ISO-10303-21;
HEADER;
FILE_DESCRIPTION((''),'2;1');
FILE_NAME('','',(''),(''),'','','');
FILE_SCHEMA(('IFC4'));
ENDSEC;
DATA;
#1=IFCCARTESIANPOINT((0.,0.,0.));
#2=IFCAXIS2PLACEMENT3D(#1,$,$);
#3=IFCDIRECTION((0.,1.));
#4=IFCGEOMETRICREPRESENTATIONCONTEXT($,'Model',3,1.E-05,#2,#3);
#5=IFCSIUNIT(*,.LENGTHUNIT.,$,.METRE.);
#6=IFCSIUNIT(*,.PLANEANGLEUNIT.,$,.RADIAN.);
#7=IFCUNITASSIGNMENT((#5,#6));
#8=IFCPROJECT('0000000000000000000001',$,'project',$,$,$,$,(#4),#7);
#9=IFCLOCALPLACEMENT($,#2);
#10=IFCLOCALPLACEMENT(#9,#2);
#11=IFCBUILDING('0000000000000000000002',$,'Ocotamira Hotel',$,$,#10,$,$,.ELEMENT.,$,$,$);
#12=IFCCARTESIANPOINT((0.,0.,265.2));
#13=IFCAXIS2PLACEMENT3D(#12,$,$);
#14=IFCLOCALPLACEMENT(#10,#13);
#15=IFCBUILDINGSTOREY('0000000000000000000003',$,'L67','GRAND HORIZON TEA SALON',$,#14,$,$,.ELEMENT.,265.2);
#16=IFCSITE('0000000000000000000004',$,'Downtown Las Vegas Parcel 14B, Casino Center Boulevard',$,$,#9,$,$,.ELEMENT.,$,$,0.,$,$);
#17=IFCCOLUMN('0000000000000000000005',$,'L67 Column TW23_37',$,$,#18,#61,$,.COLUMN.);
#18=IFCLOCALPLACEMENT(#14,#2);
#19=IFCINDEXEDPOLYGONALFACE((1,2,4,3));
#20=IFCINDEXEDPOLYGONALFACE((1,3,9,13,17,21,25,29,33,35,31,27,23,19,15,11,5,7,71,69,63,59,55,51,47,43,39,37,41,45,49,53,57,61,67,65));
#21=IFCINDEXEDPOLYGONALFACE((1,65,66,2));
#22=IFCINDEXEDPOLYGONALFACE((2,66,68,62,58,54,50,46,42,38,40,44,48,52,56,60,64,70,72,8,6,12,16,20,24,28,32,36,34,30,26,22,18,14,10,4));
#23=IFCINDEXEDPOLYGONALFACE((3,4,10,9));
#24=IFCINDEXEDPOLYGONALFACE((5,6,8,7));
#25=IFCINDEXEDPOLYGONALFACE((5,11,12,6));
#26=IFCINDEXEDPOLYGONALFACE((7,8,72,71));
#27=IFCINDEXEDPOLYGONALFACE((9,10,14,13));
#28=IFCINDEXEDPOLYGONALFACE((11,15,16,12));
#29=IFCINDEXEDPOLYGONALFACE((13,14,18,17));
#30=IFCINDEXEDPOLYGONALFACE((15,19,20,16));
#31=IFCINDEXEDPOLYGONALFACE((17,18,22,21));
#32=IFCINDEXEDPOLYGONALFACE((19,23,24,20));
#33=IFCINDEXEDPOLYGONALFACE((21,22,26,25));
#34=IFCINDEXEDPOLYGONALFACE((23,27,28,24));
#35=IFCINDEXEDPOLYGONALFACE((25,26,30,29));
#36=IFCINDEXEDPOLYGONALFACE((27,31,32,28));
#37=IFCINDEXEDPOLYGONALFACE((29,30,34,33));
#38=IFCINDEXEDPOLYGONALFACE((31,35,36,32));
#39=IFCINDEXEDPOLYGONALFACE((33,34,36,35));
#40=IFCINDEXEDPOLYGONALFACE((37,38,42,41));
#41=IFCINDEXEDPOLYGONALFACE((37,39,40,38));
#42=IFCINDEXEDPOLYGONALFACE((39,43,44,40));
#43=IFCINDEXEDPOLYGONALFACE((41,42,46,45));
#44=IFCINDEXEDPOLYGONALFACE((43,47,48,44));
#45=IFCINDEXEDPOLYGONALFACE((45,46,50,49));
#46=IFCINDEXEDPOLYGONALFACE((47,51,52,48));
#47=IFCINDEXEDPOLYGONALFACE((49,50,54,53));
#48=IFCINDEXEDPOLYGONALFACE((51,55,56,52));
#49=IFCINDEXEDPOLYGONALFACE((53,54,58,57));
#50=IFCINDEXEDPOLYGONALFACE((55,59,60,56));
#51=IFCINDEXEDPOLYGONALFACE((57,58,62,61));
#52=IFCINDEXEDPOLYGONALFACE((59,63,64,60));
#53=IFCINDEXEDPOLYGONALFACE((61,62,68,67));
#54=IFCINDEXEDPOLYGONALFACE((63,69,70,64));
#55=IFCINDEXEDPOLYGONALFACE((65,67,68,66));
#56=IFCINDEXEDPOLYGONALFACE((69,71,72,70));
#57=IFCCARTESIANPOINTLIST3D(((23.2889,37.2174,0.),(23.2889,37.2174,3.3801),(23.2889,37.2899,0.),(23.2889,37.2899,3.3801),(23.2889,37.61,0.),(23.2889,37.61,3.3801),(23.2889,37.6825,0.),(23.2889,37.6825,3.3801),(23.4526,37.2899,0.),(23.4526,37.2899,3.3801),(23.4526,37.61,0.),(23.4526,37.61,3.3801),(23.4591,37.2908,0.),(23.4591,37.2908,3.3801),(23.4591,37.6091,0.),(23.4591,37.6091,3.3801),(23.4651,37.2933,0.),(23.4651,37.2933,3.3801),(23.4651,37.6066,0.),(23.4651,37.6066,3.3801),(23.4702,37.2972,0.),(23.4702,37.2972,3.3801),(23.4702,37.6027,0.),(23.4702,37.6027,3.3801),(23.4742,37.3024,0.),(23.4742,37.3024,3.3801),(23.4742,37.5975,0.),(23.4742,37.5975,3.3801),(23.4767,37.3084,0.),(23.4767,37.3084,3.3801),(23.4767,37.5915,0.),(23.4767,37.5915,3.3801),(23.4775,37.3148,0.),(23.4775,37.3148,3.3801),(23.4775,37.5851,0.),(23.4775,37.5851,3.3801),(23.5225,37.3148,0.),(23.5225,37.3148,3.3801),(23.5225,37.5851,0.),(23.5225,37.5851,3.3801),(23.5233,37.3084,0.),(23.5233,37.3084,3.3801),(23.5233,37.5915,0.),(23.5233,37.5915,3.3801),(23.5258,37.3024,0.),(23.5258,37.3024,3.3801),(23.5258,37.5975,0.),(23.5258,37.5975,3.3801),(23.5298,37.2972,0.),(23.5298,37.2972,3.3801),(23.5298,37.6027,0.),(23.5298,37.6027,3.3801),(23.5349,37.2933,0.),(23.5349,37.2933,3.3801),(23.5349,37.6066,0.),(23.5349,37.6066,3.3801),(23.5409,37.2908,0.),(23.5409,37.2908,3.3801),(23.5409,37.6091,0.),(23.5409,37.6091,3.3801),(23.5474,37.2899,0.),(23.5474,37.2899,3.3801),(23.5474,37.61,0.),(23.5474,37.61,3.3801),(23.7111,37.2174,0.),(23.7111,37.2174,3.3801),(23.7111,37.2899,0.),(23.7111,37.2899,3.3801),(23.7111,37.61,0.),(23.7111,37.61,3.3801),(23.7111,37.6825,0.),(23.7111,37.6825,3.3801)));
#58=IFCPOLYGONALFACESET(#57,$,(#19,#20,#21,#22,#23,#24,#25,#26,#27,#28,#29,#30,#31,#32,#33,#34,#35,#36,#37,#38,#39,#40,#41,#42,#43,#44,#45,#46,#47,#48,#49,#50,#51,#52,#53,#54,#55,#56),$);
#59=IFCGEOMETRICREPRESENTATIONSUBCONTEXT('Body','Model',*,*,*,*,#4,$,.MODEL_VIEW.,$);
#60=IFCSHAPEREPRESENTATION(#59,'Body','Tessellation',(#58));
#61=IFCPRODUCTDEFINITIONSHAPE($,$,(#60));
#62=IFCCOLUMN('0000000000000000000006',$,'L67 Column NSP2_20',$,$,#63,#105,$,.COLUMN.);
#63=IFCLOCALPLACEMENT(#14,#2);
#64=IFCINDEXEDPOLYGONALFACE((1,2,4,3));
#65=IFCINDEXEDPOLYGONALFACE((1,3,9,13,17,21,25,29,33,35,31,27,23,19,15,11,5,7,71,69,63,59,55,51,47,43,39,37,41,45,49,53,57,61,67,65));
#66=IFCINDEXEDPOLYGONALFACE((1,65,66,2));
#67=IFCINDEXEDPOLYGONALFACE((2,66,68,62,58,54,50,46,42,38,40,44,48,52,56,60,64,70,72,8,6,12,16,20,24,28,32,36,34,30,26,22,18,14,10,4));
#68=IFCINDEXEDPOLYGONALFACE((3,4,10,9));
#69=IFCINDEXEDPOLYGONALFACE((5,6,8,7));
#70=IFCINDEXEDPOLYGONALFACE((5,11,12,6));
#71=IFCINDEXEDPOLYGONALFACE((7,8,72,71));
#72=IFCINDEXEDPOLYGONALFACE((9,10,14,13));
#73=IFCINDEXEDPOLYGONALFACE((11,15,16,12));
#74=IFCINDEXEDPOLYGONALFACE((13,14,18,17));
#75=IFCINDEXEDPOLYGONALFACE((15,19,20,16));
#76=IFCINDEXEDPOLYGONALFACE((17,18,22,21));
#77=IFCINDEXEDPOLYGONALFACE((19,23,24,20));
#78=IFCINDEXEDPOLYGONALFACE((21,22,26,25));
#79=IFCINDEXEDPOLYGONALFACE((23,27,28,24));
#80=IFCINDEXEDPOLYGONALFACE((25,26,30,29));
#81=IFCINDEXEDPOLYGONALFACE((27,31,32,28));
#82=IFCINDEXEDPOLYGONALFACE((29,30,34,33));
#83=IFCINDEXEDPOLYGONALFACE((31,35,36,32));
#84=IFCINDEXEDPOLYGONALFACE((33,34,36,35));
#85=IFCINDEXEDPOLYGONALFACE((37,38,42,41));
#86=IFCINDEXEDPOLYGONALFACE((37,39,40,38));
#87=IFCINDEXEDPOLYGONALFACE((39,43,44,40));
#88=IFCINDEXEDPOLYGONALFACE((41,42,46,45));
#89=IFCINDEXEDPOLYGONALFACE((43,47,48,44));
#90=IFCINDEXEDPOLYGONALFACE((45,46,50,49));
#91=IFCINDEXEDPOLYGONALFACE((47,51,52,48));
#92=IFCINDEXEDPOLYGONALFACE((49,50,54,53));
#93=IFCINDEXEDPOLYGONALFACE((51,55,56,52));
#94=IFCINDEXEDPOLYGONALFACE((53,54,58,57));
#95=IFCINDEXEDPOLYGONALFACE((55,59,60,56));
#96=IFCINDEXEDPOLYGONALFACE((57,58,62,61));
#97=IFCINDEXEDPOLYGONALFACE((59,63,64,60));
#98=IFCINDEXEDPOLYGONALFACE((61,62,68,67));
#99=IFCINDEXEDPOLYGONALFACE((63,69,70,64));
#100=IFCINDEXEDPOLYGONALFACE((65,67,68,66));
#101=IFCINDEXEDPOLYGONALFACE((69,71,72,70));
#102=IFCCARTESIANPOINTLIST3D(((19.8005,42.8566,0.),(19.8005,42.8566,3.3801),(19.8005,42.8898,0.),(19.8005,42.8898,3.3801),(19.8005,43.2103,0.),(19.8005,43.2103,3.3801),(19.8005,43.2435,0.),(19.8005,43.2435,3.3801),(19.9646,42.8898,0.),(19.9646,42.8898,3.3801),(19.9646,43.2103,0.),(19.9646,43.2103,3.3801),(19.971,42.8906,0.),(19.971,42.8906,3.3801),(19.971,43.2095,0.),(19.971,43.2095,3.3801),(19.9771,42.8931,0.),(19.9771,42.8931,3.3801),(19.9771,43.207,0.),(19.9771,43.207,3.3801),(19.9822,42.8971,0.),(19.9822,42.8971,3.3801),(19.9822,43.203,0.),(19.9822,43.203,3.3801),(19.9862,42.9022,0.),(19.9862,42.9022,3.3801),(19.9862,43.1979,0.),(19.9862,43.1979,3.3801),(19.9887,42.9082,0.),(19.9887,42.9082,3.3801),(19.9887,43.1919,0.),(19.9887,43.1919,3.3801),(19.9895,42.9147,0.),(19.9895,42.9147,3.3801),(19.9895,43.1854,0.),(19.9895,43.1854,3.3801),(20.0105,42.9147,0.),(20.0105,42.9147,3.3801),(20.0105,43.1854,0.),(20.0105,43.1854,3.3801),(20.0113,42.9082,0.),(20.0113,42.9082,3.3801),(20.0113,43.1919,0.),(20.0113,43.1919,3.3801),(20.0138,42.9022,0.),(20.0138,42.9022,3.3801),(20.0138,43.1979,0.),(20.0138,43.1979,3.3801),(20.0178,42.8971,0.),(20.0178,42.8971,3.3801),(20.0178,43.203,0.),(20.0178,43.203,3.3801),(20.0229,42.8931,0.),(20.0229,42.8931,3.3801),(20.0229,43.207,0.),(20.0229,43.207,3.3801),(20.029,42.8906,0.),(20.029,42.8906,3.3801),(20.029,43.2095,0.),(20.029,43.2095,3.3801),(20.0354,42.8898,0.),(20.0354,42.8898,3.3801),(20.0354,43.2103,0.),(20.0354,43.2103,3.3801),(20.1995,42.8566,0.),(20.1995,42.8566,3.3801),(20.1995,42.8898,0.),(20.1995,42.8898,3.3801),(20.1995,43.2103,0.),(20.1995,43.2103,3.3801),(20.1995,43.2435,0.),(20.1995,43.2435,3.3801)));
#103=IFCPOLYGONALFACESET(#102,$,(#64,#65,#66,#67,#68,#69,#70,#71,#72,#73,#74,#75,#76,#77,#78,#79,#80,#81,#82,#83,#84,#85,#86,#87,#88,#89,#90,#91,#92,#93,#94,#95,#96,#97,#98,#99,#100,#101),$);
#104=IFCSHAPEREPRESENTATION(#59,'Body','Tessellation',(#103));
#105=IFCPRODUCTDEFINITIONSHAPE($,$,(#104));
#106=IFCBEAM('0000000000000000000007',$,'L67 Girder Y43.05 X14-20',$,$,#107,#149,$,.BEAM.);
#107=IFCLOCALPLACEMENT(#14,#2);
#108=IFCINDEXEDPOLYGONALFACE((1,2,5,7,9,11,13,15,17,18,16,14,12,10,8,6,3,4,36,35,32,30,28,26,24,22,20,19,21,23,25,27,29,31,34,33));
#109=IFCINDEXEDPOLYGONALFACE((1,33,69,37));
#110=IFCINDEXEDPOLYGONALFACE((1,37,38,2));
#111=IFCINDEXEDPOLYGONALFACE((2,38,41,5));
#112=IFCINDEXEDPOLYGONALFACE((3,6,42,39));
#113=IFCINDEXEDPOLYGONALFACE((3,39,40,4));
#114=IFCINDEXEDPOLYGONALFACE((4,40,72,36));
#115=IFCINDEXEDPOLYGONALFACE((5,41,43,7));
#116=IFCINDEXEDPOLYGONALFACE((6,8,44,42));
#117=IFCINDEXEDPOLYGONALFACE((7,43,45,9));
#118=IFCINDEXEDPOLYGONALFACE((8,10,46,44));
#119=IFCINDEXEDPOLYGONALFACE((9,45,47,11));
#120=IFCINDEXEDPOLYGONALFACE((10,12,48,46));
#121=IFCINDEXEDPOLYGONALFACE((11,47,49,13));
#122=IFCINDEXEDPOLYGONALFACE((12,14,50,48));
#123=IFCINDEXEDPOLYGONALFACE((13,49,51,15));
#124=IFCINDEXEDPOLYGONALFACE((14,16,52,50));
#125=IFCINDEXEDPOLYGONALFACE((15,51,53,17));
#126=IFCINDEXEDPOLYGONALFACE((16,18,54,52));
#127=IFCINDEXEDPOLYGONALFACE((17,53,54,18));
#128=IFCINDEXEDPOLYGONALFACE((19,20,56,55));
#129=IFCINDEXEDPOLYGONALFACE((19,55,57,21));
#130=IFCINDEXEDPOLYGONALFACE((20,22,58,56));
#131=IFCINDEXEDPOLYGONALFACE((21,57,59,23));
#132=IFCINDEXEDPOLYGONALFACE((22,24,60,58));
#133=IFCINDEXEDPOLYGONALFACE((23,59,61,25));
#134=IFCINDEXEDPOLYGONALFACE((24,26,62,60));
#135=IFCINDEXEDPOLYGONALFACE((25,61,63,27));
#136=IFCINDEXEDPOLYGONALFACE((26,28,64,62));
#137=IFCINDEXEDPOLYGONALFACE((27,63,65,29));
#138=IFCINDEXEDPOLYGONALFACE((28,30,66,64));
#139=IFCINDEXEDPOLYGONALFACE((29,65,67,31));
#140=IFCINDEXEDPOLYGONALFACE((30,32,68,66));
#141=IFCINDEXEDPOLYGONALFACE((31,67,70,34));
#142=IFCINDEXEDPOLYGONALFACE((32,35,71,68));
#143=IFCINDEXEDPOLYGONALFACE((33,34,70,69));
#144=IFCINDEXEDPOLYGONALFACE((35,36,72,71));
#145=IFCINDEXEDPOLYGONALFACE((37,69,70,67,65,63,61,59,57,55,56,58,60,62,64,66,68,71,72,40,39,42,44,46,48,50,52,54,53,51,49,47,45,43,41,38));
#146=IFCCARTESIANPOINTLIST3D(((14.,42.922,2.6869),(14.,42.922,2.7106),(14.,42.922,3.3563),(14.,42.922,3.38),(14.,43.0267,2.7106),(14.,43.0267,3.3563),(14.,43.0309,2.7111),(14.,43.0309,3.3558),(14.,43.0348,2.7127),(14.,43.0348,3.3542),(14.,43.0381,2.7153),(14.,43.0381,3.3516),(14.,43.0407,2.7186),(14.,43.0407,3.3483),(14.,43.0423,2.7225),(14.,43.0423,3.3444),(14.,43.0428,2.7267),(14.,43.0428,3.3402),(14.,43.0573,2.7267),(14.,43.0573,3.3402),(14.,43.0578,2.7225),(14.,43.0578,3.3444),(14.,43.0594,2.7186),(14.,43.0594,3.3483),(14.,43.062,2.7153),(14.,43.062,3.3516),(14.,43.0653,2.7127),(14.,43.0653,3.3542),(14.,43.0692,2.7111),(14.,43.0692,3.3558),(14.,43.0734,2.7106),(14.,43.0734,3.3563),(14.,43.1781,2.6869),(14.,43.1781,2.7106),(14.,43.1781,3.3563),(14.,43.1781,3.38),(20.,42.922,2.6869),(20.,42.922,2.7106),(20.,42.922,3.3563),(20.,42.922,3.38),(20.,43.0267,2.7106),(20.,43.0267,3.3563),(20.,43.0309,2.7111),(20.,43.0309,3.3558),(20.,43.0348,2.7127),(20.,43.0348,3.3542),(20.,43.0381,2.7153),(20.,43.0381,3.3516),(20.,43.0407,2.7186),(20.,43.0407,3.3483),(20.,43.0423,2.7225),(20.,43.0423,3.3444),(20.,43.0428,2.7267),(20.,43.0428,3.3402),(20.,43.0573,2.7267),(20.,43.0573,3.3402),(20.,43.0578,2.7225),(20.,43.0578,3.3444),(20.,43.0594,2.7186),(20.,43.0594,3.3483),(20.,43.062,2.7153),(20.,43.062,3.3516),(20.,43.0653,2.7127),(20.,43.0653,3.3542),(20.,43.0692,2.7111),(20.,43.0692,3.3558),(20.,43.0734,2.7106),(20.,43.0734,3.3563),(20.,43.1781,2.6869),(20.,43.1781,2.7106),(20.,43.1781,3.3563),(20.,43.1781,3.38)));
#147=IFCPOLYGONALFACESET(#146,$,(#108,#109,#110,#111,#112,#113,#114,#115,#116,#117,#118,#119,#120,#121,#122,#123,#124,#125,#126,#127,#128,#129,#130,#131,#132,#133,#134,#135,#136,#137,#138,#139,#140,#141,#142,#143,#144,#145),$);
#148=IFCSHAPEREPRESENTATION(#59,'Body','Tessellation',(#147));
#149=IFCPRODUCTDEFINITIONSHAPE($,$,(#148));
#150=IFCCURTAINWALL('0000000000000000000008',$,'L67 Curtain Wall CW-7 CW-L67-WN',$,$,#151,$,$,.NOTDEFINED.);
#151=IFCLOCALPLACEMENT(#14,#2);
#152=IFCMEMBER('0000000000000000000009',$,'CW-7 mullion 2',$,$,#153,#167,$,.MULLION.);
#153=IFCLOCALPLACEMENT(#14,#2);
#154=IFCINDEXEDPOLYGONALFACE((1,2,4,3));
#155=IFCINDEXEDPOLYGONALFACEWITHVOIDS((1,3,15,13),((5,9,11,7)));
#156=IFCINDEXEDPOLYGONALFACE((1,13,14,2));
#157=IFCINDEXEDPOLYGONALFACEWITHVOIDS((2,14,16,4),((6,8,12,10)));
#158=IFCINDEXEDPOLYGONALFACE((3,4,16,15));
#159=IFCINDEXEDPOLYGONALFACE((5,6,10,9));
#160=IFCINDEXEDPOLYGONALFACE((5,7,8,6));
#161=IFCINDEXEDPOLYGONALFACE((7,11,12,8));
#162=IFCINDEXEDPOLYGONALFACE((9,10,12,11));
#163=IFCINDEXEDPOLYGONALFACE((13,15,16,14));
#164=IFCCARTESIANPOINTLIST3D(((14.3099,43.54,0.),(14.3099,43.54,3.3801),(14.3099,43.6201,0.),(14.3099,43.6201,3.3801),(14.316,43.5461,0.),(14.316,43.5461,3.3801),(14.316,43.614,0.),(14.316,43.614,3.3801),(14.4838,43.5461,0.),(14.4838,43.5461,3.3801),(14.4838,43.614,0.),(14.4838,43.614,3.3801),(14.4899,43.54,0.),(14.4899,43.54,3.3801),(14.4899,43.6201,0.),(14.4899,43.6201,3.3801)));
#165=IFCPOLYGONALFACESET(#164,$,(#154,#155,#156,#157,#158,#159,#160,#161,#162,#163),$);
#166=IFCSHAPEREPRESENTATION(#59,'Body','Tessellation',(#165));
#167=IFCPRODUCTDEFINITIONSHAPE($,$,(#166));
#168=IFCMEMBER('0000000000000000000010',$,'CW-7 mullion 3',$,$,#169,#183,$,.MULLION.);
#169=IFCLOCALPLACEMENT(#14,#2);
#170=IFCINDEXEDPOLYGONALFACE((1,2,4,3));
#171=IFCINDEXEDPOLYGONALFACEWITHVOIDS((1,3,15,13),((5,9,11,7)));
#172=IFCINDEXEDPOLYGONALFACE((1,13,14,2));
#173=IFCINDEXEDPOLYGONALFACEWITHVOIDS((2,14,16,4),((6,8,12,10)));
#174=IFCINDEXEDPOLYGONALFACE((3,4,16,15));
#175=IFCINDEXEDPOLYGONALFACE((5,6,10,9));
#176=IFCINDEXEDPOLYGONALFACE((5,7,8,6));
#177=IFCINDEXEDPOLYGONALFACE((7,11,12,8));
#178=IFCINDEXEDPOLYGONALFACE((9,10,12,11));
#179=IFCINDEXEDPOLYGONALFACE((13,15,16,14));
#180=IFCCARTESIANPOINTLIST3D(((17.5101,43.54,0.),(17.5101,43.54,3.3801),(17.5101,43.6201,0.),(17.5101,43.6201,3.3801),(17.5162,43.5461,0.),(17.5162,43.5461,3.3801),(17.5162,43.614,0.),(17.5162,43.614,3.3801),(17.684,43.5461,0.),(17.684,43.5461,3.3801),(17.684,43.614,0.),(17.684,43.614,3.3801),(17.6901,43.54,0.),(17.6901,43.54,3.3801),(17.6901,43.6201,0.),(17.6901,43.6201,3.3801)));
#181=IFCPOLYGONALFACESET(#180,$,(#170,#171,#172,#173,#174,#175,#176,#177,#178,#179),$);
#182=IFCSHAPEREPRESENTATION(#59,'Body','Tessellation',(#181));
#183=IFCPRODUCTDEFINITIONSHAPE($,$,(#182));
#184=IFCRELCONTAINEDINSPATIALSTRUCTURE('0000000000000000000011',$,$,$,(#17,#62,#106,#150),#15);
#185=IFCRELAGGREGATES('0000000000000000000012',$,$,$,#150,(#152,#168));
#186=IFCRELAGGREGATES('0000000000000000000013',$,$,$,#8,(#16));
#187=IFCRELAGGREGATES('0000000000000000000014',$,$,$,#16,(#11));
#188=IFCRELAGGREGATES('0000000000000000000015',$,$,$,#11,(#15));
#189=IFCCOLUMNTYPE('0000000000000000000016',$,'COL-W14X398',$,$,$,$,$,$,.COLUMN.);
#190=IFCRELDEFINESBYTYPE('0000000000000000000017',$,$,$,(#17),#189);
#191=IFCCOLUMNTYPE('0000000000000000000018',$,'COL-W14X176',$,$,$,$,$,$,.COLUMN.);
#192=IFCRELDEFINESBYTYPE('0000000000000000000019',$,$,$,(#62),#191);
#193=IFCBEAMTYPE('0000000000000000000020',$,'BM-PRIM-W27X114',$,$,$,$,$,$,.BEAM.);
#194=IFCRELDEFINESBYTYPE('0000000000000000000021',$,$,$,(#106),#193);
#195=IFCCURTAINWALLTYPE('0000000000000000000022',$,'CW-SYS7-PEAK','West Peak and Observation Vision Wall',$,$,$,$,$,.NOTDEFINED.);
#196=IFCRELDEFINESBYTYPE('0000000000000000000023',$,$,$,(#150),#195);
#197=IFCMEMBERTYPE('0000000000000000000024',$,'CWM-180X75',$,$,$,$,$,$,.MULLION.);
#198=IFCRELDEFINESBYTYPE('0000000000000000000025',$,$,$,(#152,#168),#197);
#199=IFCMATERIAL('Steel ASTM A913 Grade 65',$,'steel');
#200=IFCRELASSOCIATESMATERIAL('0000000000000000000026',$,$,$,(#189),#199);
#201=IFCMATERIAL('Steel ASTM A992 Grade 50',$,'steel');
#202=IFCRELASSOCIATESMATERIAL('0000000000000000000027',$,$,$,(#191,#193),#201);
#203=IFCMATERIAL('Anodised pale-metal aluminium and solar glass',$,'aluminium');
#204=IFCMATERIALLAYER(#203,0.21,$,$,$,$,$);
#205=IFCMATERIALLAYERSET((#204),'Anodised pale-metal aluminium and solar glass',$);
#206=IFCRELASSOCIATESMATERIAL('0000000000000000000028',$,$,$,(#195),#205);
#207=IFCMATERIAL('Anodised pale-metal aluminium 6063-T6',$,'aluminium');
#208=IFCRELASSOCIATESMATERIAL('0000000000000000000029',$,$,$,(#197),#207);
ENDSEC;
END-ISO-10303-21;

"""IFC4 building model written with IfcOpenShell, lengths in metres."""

from ifc_helpers import new_model, si_unit, direction, frame, origin, origin_2d, place, context, subcontext, project, spatial, hollow_rectangle, i_section, extrude, source, transform, mapped, material, layer, layer_set, material_profile, profile_set, type_object, element, aggregate, save


model = new_model("IFC4")

# Units and contexts
model_context = context("Model", 3, precision=1e-05, world=origin(), true_north=direction((0.0, 1.0)))
body_context = subcontext(model_context, "Body", "Model", "MODEL_VIEW")
ifc_project = project(units=[si_unit("LENGTHUNIT", "METRE"), si_unit("PLANEANGLEUNIT", "RADIAN")], contexts=[model_context])

# Site, building, storey
site_placement = place(None, origin())
site = spatial("IfcSite", under=ifc_project, at=site_placement, Name="Downtown Las Vegas Parcel 14B, Casino Center Boulevard", CompositionType="ELEMENT", RefElevation=0.0)
building_placement = place(site_placement, origin())
building = spatial("IfcBuilding", under=site, at=building_placement, Name="Ocotamira Hotel", CompositionType="ELEMENT")
storey_placement = place(building_placement, frame((0.0, 0.0, 265.2)))
storey = spatial("IfcBuildingStorey", under=building, at=storey_placement, Name="L67", Description="GRAND HORIZON TEA SALON", CompositionType="ELEMENT", Elevation=265.2)

# Columns
ifc_material_1 = material(Name="Steel ASTM A913 Grade 65", Category="steel")
ifc_material_profile_1 = material_profile(ifc_material_1, i_section(OverallWidth=0.4221, OverallDepth=0.4651, WebThickness=0.0449, FlangeThickness=0.0725, FilletRadius=0.0249, at=origin_2d()), Name="W14X398")
ifc_profile_set_1 = profile_set([ifc_material_profile_1], Name="Steel ASTM A913 Grade 65")
column_type_1 = type_object("IfcColumnType", Name="COL-W14X398", PredefinedType="COLUMN", material=ifc_profile_set_1)
shared_shape_1 = source(origin(), body_context, "Body", "SweptSolid", [
    extrude(i_section(OverallWidth=0.4221, OverallDepth=0.4651, WebThickness=0.0449, FlangeThickness=0.0725, FilletRadius=0.0249, at=origin_2d()), origin(), (0.0, 0.0, 1.0), 3.3801),
])
column_1_placement = place(storey_placement, frame((23.5, 37.45, 0.0), z_axis=(0.0, 0.0, 1.0), x_axis=(1.0, 0.0, 0.0)))
element("IfcColumn", 1, at=column_1_placement, inside=storey, type_object=column_type_1, Name="L67 Column TW23_37", PredefinedType="COLUMN", context=body_context, shape_type="MappedRepresentation", body=[
    mapped(shared_shape_1, transform((0.0, 0.0, 0.0), scale=1.0)),
])
ifc_material_2 = material(Name="Steel ASTM A992 Grade 50", Category="steel")
ifc_material_profile_2 = material_profile(ifc_material_2, i_section(OverallWidth=0.3989, OverallDepth=0.387, WebThickness=0.021, FlangeThickness=0.0332, FilletRadius=0.0249, at=origin_2d()), Name="W14X176")
ifc_profile_set_2 = profile_set([ifc_material_profile_2], Name="Steel ASTM A992 Grade 50")
column_type_2 = type_object("IfcColumnType", Name="COL-W14X176", PredefinedType="COLUMN", material=ifc_profile_set_2)
shared_shape_2 = source(origin(), body_context, "Body", "SweptSolid", [
    extrude(i_section(OverallWidth=0.3989, OverallDepth=0.387, WebThickness=0.021, FlangeThickness=0.0332, FilletRadius=0.0249, at=origin_2d()), origin(), (0.0, 0.0, 1.0), 3.3801),
])
column_2_placement = place(storey_placement, frame((20.0, 43.05, 0.0), z_axis=(0.0, 0.0, 1.0), x_axis=(1.0, 0.0, 0.0)))
element("IfcColumn", 2, at=column_2_placement, inside=storey, type_object=column_type_2, Name="L67 Column NSP2_20", PredefinedType="COLUMN", context=body_context, shape_type="MappedRepresentation", body=[
    mapped(shared_shape_2, transform((0.0, 0.0, 0.0), scale=1.0)),
])

# Beam
ifc_material_profile_3 = material_profile(ifc_material_2, i_section(OverallWidth=0.2561, OverallDepth=0.6931, WebThickness=0.0144, FlangeThickness=0.0237, FilletRadius=0.0161, at=origin_2d()), Name="W27X114")
ifc_profile_set_3 = profile_set([ifc_material_profile_3], Name="Steel ASTM A992 Grade 50")
beam_type = type_object("IfcBeamType", Name="BM-PRIM-W27X114", PredefinedType="BEAM", material=ifc_profile_set_3)
shared_shape_3 = source(origin(), body_context, "Body", "SweptSolid", [
    extrude(i_section(OverallWidth=0.2561, OverallDepth=0.6931, WebThickness=0.0144, FlangeThickness=0.0237, FilletRadius=0.0161, at=origin_2d()), origin(), (0.0, 0.0, 1.0), 6.0),
])
beam_placement = place(storey_placement, frame((14.0, 43.05, 3.0334), z_axis=(1.0, 0.0, 0.0), x_axis=(0.0, 1.0, 0.0)))
element("IfcBeam", 3, at=beam_placement, inside=storey, type_object=beam_type, Name="L67 Girder Y43.05 X14-20", PredefinedType="BEAM", context=body_context, shape_type="MappedRepresentation", body=[
    mapped(shared_shape_3, transform((0.0, 0.0, 0.0), scale=1.0)),
])

# Curtain wall, members
ifc_material_3 = material(Name="Anodised pale-metal aluminium and solar glass", Category="aluminium")
ifc_layer_1 = layer(ifc_material_3, 0.21)
ifc_layer_set_1 = layer_set([ifc_layer_1], Name="Anodised pale-metal aluminium and solar glass")
curtain_wall_type = type_object("IfcCurtainWallType", Name="CW-SYS7-PEAK", Description="West Peak and Observation Vision Wall", PredefinedType="NOTDEFINED", material=ifc_layer_set_1)
curtain_wall_placement = place(storey_placement, origin())
curtain_wall = element("IfcCurtainWall", 4, at=curtain_wall_placement, inside=storey, type_object=curtain_wall_type, Name="L67 Curtain Wall CW-7 CW-L67-WN", PredefinedType="NOTDEFINED")
ifc_material_4 = material(Name="Anodised pale-metal aluminium 6063-T6", Category="aluminium")
ifc_material_profile_4 = material_profile(ifc_material_4, hollow_rectangle(XDim=0.0801, YDim=0.1799, WallThickness=0.0061, at=origin_2d()), Name="HSS180X80X6")
ifc_profile_set_4 = profile_set([ifc_material_profile_4], Name="Anodised pale-metal aluminium 6063-T6")
member_type_1 = type_object("IfcMemberType", Name="CWM-180X75", PredefinedType="MULLION", material=ifc_profile_set_4)
shared_shape_4 = source(origin(), body_context, "Body", "SweptSolid", [
    extrude(hollow_rectangle(XDim=0.0801, YDim=0.1799, WallThickness=0.0061, at=origin_2d()), origin(), (0.0, 0.0, 1.0), 3.3801),
])
member_1_placement = place(storey_placement, frame((14.3999, 43.5801, 0.0), z_axis=(0.0, 0.0, 1.0), x_axis=(0.0, 1.0, 0.0)))
member_1 = element("IfcMember", 5, at=member_1_placement, type_object=member_type_1, Name="CW-7 mullion 2", PredefinedType="MULLION", context=body_context, shape_type="MappedRepresentation", body=[
    mapped(shared_shape_4, transform((0.0, 0.0, 0.0), scale=1.0)),
])
member_2_placement = place(storey_placement, frame((17.6001, 43.5801, 0.0), z_axis=(0.0, 0.0, 1.0), x_axis=(0.0, 1.0, 0.0)))
member_2 = element("IfcMember", 6, at=member_2_placement, type_object=member_type_1, Name="CW-7 mullion 3", PredefinedType="MULLION", context=body_context, shape_type="MappedRepresentation", body=[
    mapped(shared_shape_4, transform((0.0, 0.0, 0.0), scale=1.0)),
])
aggregate(curtain_wall, [member_1, member_2])

save(model, "model.ifc")
